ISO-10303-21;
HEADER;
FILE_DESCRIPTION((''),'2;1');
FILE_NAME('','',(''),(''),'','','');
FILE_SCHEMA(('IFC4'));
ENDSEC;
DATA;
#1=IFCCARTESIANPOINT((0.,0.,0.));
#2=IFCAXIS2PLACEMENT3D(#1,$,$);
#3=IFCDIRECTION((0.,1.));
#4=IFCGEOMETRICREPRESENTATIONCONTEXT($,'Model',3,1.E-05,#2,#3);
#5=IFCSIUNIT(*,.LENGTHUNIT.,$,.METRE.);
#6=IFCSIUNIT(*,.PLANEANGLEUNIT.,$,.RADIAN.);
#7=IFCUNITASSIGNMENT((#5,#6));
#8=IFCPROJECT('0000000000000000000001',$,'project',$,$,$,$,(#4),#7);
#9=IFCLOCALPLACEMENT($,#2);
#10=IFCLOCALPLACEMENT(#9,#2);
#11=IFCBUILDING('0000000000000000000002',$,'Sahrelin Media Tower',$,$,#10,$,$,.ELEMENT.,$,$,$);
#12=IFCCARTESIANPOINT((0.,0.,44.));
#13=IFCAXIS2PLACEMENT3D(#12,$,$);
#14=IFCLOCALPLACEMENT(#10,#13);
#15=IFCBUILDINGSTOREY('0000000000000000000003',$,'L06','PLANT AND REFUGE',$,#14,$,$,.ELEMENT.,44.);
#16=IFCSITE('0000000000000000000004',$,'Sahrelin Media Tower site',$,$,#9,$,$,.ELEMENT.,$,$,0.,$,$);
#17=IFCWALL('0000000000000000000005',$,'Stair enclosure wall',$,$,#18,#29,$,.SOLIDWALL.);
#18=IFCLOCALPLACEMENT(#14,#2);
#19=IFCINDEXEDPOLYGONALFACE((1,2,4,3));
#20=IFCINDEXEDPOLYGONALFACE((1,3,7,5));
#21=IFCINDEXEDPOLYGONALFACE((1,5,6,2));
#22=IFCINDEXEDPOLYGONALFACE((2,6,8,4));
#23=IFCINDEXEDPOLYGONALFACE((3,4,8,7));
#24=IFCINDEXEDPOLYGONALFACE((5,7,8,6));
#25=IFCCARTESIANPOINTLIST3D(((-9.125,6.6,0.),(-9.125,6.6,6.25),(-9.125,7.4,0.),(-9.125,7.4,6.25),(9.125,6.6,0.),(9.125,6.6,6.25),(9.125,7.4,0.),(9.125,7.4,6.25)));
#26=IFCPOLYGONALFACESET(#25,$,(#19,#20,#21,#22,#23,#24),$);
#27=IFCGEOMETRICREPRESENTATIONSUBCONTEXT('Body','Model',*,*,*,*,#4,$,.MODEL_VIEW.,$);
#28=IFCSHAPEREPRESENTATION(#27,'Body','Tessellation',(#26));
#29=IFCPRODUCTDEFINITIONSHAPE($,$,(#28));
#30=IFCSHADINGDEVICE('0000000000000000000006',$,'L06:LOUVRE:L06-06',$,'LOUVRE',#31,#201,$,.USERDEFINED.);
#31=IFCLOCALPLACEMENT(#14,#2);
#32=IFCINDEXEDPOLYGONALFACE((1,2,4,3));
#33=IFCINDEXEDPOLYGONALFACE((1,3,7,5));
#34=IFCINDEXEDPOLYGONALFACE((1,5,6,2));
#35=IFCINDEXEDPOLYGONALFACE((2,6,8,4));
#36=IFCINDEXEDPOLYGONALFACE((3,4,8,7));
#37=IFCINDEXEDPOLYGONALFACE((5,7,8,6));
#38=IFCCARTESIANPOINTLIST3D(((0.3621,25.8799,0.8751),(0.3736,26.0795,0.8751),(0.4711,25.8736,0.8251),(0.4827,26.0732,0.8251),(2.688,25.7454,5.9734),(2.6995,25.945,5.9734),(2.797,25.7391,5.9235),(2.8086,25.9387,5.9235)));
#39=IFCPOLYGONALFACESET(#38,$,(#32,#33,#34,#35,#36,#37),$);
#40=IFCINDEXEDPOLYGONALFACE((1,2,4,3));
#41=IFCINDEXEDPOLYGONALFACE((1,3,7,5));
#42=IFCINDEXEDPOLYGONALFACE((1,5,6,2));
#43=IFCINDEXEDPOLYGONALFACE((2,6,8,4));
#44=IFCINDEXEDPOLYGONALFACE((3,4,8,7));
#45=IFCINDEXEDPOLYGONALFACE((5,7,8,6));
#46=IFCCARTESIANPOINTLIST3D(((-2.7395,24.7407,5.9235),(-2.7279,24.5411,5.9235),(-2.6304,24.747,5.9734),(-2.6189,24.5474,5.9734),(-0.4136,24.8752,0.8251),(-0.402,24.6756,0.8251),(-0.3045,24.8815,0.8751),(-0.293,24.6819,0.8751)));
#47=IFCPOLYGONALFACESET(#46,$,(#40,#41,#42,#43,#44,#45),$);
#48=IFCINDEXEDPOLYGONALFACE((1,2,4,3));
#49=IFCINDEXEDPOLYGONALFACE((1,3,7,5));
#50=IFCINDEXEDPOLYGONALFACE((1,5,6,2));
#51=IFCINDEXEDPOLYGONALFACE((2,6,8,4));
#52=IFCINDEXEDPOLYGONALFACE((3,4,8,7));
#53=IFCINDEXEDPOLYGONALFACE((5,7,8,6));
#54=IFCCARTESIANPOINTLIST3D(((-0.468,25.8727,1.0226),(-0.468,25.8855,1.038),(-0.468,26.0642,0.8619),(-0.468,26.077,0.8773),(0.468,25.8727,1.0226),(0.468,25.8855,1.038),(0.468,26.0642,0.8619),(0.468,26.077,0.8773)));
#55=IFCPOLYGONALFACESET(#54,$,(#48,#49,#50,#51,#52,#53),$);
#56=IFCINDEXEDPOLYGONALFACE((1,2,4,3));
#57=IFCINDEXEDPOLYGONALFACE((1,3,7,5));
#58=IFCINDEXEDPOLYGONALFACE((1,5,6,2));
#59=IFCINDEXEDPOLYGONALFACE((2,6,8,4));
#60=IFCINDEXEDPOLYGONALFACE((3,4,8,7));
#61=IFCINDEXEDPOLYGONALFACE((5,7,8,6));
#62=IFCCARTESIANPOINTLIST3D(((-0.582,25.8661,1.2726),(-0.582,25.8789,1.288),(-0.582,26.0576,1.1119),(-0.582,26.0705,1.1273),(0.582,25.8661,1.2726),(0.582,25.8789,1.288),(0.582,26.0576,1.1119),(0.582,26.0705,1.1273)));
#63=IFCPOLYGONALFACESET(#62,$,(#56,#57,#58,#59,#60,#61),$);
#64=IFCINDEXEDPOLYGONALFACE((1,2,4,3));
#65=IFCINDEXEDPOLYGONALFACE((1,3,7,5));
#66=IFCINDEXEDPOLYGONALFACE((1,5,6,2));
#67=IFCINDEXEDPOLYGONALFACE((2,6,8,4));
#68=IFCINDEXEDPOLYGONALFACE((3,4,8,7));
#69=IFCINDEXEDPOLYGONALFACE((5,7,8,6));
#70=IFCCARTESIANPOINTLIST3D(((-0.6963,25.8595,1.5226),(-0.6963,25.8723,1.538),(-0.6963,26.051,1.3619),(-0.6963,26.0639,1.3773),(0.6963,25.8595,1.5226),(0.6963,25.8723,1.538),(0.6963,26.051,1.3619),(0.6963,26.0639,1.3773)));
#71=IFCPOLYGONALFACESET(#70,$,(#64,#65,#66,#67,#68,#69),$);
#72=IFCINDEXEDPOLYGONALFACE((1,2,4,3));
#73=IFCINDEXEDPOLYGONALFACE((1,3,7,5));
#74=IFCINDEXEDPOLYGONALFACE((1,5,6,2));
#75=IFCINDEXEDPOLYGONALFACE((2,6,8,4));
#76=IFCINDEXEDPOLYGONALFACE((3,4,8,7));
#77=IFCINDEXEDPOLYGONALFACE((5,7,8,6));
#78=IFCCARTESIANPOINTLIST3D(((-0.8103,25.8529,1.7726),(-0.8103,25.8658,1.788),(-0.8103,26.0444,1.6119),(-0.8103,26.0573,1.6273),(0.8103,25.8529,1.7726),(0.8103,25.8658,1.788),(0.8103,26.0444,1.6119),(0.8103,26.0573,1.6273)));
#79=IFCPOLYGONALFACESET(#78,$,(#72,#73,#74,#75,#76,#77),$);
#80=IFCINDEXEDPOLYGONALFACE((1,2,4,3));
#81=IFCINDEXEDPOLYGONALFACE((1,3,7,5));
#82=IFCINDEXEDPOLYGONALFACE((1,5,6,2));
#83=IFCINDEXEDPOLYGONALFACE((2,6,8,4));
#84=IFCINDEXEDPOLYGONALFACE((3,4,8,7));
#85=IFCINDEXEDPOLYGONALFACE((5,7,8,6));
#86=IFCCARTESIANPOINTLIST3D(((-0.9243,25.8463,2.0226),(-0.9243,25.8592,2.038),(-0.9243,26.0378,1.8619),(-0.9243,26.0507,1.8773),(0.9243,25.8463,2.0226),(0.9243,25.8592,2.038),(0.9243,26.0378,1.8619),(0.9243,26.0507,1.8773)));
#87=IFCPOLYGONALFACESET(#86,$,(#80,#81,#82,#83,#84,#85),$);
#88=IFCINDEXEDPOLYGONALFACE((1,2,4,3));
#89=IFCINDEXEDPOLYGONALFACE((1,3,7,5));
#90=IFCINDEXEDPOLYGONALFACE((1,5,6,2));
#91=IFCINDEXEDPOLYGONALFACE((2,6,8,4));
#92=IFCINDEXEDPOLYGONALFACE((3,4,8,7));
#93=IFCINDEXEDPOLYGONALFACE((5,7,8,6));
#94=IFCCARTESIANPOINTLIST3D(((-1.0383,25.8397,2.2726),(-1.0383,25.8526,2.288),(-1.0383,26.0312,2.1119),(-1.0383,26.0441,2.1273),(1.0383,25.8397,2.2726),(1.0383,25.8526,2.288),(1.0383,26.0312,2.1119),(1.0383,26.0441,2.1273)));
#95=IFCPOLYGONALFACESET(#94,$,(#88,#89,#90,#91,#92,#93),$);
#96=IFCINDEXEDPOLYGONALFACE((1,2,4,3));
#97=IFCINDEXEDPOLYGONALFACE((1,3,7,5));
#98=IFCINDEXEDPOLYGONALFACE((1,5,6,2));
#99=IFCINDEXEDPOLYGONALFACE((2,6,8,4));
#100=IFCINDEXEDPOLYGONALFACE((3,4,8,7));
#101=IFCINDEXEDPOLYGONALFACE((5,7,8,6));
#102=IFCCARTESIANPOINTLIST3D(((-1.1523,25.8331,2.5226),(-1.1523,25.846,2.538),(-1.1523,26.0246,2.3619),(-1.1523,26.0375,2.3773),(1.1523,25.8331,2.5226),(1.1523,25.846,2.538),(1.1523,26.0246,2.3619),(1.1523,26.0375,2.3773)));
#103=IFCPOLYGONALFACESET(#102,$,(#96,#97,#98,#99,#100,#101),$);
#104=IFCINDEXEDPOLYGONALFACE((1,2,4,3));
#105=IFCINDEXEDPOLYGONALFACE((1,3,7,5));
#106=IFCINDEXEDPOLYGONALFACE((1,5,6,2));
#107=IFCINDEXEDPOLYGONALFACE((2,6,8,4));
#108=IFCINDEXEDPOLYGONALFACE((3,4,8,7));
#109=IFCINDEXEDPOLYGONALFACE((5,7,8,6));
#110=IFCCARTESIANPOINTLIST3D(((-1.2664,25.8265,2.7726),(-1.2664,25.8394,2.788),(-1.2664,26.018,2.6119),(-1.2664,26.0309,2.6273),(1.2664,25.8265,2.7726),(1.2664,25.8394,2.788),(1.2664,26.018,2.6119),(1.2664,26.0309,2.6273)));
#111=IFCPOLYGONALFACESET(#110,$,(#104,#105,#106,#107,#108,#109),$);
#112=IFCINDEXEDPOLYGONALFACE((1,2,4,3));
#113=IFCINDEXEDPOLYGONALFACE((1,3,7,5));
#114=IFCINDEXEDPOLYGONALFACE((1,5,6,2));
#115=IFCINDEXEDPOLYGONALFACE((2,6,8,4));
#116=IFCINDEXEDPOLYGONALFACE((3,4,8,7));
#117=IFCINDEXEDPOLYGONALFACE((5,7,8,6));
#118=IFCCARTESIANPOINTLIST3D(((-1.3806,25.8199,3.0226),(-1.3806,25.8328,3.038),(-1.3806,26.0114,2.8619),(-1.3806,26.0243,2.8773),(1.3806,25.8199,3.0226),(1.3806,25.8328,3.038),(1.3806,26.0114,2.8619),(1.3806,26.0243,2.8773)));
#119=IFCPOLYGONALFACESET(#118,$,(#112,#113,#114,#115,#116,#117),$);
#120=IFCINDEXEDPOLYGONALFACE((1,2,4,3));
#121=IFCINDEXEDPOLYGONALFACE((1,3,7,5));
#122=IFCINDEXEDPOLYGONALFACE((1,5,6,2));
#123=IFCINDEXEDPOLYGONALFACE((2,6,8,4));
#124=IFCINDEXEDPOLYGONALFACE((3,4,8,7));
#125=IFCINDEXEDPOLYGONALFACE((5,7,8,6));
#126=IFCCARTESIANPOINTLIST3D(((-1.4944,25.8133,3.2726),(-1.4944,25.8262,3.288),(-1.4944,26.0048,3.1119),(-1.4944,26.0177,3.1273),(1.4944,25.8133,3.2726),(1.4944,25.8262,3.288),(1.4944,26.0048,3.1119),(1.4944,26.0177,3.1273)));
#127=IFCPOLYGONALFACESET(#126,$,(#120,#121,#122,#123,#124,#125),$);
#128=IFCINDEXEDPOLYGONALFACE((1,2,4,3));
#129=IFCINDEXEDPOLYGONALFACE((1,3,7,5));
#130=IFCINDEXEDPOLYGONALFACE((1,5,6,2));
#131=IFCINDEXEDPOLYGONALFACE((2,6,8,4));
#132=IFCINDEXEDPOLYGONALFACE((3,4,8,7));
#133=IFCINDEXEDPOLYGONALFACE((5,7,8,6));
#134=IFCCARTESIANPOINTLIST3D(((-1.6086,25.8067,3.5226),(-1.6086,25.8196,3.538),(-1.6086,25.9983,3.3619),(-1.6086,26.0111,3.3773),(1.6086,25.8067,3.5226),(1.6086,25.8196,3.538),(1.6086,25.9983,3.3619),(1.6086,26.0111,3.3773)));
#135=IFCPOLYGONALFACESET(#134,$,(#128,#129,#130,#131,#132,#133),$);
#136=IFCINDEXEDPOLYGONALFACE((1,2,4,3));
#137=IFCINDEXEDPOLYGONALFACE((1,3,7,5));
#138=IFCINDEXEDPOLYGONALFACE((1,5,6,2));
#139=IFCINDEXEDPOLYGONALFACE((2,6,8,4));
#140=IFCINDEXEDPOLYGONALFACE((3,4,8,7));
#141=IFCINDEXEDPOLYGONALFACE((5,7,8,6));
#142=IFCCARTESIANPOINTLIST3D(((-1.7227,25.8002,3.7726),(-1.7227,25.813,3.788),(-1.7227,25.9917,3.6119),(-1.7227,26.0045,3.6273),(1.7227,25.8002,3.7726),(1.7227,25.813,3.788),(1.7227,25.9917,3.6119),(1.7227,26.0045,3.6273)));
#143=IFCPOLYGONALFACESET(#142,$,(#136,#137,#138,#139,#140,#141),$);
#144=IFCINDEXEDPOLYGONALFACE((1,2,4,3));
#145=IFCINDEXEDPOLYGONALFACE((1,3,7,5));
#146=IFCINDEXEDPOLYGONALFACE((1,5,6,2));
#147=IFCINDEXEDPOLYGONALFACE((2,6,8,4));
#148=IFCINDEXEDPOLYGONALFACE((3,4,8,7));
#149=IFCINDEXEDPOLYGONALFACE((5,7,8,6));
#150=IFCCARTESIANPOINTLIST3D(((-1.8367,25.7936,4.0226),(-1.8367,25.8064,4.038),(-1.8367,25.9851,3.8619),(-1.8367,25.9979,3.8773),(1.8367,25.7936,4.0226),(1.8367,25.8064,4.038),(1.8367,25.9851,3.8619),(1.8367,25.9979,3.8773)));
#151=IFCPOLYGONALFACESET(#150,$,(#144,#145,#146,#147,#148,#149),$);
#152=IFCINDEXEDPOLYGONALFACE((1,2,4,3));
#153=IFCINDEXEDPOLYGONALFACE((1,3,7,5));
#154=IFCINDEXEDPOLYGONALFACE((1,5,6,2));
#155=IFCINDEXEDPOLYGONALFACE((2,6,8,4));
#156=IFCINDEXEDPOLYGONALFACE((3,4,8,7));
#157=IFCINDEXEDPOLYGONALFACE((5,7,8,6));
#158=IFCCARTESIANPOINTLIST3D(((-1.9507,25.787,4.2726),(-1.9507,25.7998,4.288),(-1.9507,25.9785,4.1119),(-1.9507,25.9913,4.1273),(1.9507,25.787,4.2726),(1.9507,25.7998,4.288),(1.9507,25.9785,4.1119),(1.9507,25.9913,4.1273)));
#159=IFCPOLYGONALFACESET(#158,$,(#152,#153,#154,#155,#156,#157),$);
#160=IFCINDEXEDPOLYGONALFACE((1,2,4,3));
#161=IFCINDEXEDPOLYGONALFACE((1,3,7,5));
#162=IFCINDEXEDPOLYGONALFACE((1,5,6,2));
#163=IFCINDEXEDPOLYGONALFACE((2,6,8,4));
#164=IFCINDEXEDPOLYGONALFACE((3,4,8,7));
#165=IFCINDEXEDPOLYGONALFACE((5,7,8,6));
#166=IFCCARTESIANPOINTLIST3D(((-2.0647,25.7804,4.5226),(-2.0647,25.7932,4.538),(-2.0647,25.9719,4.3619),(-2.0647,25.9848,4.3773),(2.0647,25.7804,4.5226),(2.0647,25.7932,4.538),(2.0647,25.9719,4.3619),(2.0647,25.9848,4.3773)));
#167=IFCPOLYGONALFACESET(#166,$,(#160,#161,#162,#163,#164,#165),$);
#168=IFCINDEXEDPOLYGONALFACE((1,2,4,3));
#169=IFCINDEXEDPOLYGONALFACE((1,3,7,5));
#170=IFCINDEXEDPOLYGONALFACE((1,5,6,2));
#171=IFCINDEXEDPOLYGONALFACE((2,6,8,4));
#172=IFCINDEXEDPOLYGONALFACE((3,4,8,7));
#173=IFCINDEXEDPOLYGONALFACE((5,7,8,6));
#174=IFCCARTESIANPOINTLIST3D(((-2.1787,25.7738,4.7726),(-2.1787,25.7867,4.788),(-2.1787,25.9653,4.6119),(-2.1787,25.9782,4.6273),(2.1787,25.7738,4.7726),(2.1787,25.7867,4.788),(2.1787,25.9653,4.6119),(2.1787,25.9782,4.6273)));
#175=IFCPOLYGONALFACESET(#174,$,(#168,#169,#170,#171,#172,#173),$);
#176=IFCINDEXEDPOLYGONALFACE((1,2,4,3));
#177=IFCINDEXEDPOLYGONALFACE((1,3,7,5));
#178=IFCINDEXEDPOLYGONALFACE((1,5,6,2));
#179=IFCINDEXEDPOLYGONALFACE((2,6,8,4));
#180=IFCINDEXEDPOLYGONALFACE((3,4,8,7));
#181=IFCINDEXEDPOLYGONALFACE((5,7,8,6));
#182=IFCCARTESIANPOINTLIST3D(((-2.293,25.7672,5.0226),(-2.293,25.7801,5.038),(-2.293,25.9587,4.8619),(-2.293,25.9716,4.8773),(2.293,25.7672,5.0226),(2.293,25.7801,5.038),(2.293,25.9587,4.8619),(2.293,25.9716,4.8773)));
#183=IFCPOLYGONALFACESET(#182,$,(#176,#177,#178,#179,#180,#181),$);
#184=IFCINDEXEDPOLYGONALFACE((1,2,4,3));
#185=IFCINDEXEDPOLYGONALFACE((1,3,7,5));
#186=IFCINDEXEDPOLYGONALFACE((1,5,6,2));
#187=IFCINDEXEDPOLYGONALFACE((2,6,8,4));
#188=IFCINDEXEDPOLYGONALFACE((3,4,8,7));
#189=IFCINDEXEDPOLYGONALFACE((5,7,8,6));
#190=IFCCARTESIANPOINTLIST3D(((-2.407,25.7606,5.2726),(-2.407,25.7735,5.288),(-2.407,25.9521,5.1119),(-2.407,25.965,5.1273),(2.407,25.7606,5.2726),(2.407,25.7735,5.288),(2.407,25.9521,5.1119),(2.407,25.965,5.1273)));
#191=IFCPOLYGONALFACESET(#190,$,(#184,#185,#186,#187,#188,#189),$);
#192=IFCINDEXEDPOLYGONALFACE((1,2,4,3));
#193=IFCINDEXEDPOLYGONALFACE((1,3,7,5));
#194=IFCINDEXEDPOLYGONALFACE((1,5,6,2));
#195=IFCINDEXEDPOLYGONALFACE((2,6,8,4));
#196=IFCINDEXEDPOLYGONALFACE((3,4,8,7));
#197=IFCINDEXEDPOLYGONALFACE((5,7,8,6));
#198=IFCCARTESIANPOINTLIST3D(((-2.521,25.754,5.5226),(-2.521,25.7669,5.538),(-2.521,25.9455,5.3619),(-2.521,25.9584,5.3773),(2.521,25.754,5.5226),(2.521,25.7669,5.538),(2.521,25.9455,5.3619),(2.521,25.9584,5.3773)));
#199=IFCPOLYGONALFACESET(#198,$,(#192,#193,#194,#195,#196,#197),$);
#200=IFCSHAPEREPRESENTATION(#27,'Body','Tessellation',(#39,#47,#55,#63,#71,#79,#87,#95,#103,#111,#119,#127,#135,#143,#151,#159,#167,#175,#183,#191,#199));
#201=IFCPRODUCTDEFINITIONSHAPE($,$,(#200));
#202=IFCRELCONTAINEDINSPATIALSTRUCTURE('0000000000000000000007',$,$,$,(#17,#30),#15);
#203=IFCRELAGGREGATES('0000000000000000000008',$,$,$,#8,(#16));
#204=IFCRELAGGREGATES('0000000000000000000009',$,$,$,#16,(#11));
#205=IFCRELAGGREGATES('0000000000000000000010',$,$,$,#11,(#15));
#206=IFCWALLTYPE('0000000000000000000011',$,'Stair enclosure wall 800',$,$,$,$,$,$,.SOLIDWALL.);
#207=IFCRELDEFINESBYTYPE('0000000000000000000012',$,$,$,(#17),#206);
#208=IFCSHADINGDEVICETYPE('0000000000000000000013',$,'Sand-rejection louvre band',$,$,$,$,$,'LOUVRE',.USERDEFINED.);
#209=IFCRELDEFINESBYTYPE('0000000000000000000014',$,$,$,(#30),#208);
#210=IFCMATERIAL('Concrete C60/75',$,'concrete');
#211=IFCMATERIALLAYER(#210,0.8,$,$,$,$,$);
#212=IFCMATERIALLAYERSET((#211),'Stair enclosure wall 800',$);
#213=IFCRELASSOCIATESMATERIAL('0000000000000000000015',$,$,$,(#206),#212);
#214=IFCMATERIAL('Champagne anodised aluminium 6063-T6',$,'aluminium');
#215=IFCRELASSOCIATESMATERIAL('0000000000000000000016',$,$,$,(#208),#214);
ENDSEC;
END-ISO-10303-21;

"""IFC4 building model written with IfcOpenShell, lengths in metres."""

from ifc_helpers import new_model, si_unit, direction, frame, frame_2d, origin, origin_2d, place, context, subcontext, project, spatial, rectangle, extrude, material, layer, layer_set, type_object, element, save


model = new_model("IFC4")

# Units and contexts
model_context = context("Model", 3, precision=1e-05, world=origin(), true_north=direction((0.0, 1.0)))
body_context = subcontext(model_context, "Body", "Model", "MODEL_VIEW")
ifc_project = project(units=[si_unit("LENGTHUNIT", "METRE"), si_unit("PLANEANGLEUNIT", "RADIAN")], contexts=[model_context])

# Site, building, storey
site_placement = place(None, origin())
site = spatial("IfcSite", under=ifc_project, at=site_placement, Name="Sahrelin Media Tower site", CompositionType="ELEMENT", RefElevation=0.0)
building_placement = place(site_placement, origin())
building = spatial("IfcBuilding", under=site, at=building_placement, Name="Sahrelin Media Tower", CompositionType="ELEMENT")
storey_placement = place(building_placement, frame((0.0, 0.0, 44.0)))
storey = spatial("IfcBuildingStorey", under=building, at=storey_placement, Name="L06", Description="PLANT AND REFUGE", CompositionType="ELEMENT", Elevation=44.0)

# Shared definitions
ifc_material_1 = material(Name="Concrete C60/75", Category="concrete")

# Wall
ifc_layer_1 = layer(ifc_material_1, 0.8)
ifc_layer_set_1 = layer_set([ifc_layer_1], Name="Stair enclosure wall 800")
wall_type_1 = type_object("IfcWallType", Name="Stair enclosure wall 800", PredefinedType="SOLIDWALL", material=ifc_layer_set_1)
wall_1_placement = place(storey_placement, frame((-9.125, 7.0, 0.0), z_axis=(0.0, 0.0, 1.0), x_axis=(1.0, 0.0, 0.0)))
element("IfcWall", 1, at=wall_1_placement, inside=storey, type_object=wall_type_1, Name="Stair enclosure wall", PredefinedType="SOLIDWALL", context=body_context, shape_type="SweptSolid", body=[
    extrude(rectangle(XDim=18.25, YDim=0.8, at=frame_2d((9.125, 0.0))), origin(), (0.0, 0.0, 1.0), 6.25),
])

# Shading device
ifc_material_2 = material(Name="Champagne anodised aluminium 6063-T6", Category="aluminium")
shading_device_type = type_object("IfcShadingDeviceType", Name="Sand-rejection louvre band", ElementType="LOUVRE", PredefinedType="USERDEFINED", material=ifc_material_2)
shading_device_1_placement = place(storey_placement, frame((0.0, 25.3999, 0.0), z_axis=(0.0, 0.0, 1.0), x_axis=(1.0, 0.0, 0.0)))
element("IfcShadingDevice", 2, at=shading_device_1_placement, inside=storey, type_object=shading_device_type, Name="L06:LOUVRE:L06-06", ObjectType="LOUVRE", PredefinedType="USERDEFINED", context=body_context, shape_type="SweptSolid", body=[
    extrude(rectangle(XDim=0.2, YDim=0.1201, at=origin_2d()), frame((0.4224, 0.5767, 0.8501), z_axis=(0.414937, -0.023998, 0.909534), x_axis=(0.057739, 0.998332, 0.0)), (0.0, 0.0, 1.0), 5.6055),
    extrude(rectangle(XDim=0.2, YDim=0.1201, at=origin_2d()), frame((-0.3533, -0.6213, 0.8501), z_axis=(-0.414937, -0.023998, 0.909534), x_axis=(0.057739, -0.998332, 0.0)), (0.0, 0.0, 1.0), 5.6055),
    extrude(rectangle(XDim=0.25, YDim=0.02, at=origin_2d()), frame((0.468, 0.575, 0.95), z_axis=(-1.0, 0.0, 0.0), x_axis=(0.0, -0.766044, 0.642788)), (0.0, 0.0, 1.0), 0.936),
    extrude(rectangle(XDim=0.25, YDim=0.02, at=origin_2d()), frame((0.582, 0.5684, 1.2), z_axis=(-1.0, 0.0, 0.0), x_axis=(0.0, -0.766044, 0.642788)), (0.0, 0.0, 1.0), 1.1641),
    extrude(rectangle(XDim=0.25, YDim=0.02, at=origin_2d()), frame((0.6963, 0.5618, 1.45), z_axis=(-1.0, 0.0, 0.0), x_axis=(0.0, -0.766044, 0.642788)), (0.0, 0.0, 1.0), 1.3926),
    extrude(rectangle(XDim=0.25, YDim=0.02, at=origin_2d()), frame((0.8103, 0.5552, 1.7), z_axis=(-1.0, 0.0, 0.0), x_axis=(0.0, -0.766044, 0.642788)), (0.0, 0.0, 1.0), 1.6206),
    extrude(rectangle(XDim=0.25, YDim=0.02, at=origin_2d()), frame((0.9243, 0.5486, 1.95), z_axis=(-1.0, 0.0, 0.0), x_axis=(0.0, -0.766044, 0.642788)), (0.0, 0.0, 1.0), 1.8486),
    extrude(rectangle(XDim=0.25, YDim=0.02, at=origin_2d()), frame((1.0383, 0.542, 2.2), z_axis=(-1.0, 0.0, 0.0), x_axis=(0.0, -0.766044, 0.642788)), (0.0, 0.0, 1.0), 2.0767),
    extrude(rectangle(XDim=0.25, YDim=0.02, at=origin_2d()), frame((1.1523, 0.5354, 2.45), z_axis=(-1.0, 0.0, 0.0), x_axis=(0.0, -0.766044, 0.642788)), (0.0, 0.0, 1.0), 2.3047),
    extrude(rectangle(XDim=0.25, YDim=0.02, at=origin_2d()), frame((1.2664, 0.5288, 2.7), z_axis=(-1.0, 0.0, 0.0), x_axis=(0.0, -0.766044, 0.642788)), (0.0, 0.0, 1.0), 2.5327),
    extrude(rectangle(XDim=0.25, YDim=0.02, at=origin_2d()), frame((1.3806, 0.5222, 2.95), z_axis=(-1.0, 0.0, 0.0), x_axis=(0.0, -0.766044, 0.642788)), (0.0, 0.0, 1.0), 2.7612),
    extrude(rectangle(XDim=0.25, YDim=0.02, at=origin_2d()), frame((1.4944, 0.5156, 3.2), z_axis=(-1.0, 0.0, 0.0), x_axis=(0.0, -0.766044, 0.642788)), (0.0, 0.0, 1.0), 2.9888),
    extrude(rectangle(XDim=0.25, YDim=0.02, at=origin_2d()), frame((1.6086, 0.509, 3.45), z_axis=(-1.0, 0.0, 0.0), x_axis=(0.0, -0.766044, 0.642788)), (0.0, 0.0, 1.0), 3.2173),
    extrude(rectangle(XDim=0.25, YDim=0.02, at=origin_2d()), frame((1.7227, 0.5024, 3.7), z_axis=(-1.0, 0.0, 0.0), x_axis=(0.0, -0.766044, 0.642788)), (0.0, 0.0, 1.0), 3.4453),
    extrude(rectangle(XDim=0.25, YDim=0.02, at=origin_2d()), frame((1.8367, 0.4958, 3.95), z_axis=(-1.0, 0.0, 0.0), x_axis=(0.0, -0.766044, 0.642788)), (0.0, 0.0, 1.0), 3.6733),
    extrude(rectangle(XDim=0.25, YDim=0.02, at=origin_2d()), frame((1.9507, 0.4893, 4.2), z_axis=(-1.0, 0.0, 0.0), x_axis=(0.0, -0.766044, 0.642788)), (0.0, 0.0, 1.0), 3.9014),
    extrude(rectangle(XDim=0.25, YDim=0.02, at=origin_2d()), frame((2.0647, 0.4827, 4.45), z_axis=(-1.0, 0.0, 0.0), x_axis=(0.0, -0.766044, 0.642788)), (0.0, 0.0, 1.0), 4.1294),
    extrude(rectangle(XDim=0.25, YDim=0.02, at=origin_2d()), frame((2.1787, 0.4761, 4.7), z_axis=(-1.0, 0.0, 0.0), x_axis=(0.0, -0.766044, 0.642788)), (0.0, 0.0, 1.0), 4.3574),
    extrude(rectangle(XDim=0.25, YDim=0.02, at=origin_2d()), frame((2.293, 0.4695, 4.95), z_axis=(-1.0, 0.0, 0.0), x_axis=(0.0, -0.766044, 0.642788)), (0.0, 0.0, 1.0), 4.5859),
    extrude(rectangle(XDim=0.25, YDim=0.02, at=origin_2d()), frame((2.407, 0.4629, 5.2), z_axis=(-1.0, 0.0, 0.0), x_axis=(0.0, -0.766044, 0.642788)), (0.0, 0.0, 1.0), 4.814),
    extrude(rectangle(XDim=0.25, YDim=0.02, at=origin_2d()), frame((2.521, 0.4563, 5.45), z_axis=(-1.0, 0.0, 0.0), x_axis=(0.0, -0.766044, 0.642788)), (0.0, 0.0, 1.0), 5.042),
])

save(model, "model.ifc")
